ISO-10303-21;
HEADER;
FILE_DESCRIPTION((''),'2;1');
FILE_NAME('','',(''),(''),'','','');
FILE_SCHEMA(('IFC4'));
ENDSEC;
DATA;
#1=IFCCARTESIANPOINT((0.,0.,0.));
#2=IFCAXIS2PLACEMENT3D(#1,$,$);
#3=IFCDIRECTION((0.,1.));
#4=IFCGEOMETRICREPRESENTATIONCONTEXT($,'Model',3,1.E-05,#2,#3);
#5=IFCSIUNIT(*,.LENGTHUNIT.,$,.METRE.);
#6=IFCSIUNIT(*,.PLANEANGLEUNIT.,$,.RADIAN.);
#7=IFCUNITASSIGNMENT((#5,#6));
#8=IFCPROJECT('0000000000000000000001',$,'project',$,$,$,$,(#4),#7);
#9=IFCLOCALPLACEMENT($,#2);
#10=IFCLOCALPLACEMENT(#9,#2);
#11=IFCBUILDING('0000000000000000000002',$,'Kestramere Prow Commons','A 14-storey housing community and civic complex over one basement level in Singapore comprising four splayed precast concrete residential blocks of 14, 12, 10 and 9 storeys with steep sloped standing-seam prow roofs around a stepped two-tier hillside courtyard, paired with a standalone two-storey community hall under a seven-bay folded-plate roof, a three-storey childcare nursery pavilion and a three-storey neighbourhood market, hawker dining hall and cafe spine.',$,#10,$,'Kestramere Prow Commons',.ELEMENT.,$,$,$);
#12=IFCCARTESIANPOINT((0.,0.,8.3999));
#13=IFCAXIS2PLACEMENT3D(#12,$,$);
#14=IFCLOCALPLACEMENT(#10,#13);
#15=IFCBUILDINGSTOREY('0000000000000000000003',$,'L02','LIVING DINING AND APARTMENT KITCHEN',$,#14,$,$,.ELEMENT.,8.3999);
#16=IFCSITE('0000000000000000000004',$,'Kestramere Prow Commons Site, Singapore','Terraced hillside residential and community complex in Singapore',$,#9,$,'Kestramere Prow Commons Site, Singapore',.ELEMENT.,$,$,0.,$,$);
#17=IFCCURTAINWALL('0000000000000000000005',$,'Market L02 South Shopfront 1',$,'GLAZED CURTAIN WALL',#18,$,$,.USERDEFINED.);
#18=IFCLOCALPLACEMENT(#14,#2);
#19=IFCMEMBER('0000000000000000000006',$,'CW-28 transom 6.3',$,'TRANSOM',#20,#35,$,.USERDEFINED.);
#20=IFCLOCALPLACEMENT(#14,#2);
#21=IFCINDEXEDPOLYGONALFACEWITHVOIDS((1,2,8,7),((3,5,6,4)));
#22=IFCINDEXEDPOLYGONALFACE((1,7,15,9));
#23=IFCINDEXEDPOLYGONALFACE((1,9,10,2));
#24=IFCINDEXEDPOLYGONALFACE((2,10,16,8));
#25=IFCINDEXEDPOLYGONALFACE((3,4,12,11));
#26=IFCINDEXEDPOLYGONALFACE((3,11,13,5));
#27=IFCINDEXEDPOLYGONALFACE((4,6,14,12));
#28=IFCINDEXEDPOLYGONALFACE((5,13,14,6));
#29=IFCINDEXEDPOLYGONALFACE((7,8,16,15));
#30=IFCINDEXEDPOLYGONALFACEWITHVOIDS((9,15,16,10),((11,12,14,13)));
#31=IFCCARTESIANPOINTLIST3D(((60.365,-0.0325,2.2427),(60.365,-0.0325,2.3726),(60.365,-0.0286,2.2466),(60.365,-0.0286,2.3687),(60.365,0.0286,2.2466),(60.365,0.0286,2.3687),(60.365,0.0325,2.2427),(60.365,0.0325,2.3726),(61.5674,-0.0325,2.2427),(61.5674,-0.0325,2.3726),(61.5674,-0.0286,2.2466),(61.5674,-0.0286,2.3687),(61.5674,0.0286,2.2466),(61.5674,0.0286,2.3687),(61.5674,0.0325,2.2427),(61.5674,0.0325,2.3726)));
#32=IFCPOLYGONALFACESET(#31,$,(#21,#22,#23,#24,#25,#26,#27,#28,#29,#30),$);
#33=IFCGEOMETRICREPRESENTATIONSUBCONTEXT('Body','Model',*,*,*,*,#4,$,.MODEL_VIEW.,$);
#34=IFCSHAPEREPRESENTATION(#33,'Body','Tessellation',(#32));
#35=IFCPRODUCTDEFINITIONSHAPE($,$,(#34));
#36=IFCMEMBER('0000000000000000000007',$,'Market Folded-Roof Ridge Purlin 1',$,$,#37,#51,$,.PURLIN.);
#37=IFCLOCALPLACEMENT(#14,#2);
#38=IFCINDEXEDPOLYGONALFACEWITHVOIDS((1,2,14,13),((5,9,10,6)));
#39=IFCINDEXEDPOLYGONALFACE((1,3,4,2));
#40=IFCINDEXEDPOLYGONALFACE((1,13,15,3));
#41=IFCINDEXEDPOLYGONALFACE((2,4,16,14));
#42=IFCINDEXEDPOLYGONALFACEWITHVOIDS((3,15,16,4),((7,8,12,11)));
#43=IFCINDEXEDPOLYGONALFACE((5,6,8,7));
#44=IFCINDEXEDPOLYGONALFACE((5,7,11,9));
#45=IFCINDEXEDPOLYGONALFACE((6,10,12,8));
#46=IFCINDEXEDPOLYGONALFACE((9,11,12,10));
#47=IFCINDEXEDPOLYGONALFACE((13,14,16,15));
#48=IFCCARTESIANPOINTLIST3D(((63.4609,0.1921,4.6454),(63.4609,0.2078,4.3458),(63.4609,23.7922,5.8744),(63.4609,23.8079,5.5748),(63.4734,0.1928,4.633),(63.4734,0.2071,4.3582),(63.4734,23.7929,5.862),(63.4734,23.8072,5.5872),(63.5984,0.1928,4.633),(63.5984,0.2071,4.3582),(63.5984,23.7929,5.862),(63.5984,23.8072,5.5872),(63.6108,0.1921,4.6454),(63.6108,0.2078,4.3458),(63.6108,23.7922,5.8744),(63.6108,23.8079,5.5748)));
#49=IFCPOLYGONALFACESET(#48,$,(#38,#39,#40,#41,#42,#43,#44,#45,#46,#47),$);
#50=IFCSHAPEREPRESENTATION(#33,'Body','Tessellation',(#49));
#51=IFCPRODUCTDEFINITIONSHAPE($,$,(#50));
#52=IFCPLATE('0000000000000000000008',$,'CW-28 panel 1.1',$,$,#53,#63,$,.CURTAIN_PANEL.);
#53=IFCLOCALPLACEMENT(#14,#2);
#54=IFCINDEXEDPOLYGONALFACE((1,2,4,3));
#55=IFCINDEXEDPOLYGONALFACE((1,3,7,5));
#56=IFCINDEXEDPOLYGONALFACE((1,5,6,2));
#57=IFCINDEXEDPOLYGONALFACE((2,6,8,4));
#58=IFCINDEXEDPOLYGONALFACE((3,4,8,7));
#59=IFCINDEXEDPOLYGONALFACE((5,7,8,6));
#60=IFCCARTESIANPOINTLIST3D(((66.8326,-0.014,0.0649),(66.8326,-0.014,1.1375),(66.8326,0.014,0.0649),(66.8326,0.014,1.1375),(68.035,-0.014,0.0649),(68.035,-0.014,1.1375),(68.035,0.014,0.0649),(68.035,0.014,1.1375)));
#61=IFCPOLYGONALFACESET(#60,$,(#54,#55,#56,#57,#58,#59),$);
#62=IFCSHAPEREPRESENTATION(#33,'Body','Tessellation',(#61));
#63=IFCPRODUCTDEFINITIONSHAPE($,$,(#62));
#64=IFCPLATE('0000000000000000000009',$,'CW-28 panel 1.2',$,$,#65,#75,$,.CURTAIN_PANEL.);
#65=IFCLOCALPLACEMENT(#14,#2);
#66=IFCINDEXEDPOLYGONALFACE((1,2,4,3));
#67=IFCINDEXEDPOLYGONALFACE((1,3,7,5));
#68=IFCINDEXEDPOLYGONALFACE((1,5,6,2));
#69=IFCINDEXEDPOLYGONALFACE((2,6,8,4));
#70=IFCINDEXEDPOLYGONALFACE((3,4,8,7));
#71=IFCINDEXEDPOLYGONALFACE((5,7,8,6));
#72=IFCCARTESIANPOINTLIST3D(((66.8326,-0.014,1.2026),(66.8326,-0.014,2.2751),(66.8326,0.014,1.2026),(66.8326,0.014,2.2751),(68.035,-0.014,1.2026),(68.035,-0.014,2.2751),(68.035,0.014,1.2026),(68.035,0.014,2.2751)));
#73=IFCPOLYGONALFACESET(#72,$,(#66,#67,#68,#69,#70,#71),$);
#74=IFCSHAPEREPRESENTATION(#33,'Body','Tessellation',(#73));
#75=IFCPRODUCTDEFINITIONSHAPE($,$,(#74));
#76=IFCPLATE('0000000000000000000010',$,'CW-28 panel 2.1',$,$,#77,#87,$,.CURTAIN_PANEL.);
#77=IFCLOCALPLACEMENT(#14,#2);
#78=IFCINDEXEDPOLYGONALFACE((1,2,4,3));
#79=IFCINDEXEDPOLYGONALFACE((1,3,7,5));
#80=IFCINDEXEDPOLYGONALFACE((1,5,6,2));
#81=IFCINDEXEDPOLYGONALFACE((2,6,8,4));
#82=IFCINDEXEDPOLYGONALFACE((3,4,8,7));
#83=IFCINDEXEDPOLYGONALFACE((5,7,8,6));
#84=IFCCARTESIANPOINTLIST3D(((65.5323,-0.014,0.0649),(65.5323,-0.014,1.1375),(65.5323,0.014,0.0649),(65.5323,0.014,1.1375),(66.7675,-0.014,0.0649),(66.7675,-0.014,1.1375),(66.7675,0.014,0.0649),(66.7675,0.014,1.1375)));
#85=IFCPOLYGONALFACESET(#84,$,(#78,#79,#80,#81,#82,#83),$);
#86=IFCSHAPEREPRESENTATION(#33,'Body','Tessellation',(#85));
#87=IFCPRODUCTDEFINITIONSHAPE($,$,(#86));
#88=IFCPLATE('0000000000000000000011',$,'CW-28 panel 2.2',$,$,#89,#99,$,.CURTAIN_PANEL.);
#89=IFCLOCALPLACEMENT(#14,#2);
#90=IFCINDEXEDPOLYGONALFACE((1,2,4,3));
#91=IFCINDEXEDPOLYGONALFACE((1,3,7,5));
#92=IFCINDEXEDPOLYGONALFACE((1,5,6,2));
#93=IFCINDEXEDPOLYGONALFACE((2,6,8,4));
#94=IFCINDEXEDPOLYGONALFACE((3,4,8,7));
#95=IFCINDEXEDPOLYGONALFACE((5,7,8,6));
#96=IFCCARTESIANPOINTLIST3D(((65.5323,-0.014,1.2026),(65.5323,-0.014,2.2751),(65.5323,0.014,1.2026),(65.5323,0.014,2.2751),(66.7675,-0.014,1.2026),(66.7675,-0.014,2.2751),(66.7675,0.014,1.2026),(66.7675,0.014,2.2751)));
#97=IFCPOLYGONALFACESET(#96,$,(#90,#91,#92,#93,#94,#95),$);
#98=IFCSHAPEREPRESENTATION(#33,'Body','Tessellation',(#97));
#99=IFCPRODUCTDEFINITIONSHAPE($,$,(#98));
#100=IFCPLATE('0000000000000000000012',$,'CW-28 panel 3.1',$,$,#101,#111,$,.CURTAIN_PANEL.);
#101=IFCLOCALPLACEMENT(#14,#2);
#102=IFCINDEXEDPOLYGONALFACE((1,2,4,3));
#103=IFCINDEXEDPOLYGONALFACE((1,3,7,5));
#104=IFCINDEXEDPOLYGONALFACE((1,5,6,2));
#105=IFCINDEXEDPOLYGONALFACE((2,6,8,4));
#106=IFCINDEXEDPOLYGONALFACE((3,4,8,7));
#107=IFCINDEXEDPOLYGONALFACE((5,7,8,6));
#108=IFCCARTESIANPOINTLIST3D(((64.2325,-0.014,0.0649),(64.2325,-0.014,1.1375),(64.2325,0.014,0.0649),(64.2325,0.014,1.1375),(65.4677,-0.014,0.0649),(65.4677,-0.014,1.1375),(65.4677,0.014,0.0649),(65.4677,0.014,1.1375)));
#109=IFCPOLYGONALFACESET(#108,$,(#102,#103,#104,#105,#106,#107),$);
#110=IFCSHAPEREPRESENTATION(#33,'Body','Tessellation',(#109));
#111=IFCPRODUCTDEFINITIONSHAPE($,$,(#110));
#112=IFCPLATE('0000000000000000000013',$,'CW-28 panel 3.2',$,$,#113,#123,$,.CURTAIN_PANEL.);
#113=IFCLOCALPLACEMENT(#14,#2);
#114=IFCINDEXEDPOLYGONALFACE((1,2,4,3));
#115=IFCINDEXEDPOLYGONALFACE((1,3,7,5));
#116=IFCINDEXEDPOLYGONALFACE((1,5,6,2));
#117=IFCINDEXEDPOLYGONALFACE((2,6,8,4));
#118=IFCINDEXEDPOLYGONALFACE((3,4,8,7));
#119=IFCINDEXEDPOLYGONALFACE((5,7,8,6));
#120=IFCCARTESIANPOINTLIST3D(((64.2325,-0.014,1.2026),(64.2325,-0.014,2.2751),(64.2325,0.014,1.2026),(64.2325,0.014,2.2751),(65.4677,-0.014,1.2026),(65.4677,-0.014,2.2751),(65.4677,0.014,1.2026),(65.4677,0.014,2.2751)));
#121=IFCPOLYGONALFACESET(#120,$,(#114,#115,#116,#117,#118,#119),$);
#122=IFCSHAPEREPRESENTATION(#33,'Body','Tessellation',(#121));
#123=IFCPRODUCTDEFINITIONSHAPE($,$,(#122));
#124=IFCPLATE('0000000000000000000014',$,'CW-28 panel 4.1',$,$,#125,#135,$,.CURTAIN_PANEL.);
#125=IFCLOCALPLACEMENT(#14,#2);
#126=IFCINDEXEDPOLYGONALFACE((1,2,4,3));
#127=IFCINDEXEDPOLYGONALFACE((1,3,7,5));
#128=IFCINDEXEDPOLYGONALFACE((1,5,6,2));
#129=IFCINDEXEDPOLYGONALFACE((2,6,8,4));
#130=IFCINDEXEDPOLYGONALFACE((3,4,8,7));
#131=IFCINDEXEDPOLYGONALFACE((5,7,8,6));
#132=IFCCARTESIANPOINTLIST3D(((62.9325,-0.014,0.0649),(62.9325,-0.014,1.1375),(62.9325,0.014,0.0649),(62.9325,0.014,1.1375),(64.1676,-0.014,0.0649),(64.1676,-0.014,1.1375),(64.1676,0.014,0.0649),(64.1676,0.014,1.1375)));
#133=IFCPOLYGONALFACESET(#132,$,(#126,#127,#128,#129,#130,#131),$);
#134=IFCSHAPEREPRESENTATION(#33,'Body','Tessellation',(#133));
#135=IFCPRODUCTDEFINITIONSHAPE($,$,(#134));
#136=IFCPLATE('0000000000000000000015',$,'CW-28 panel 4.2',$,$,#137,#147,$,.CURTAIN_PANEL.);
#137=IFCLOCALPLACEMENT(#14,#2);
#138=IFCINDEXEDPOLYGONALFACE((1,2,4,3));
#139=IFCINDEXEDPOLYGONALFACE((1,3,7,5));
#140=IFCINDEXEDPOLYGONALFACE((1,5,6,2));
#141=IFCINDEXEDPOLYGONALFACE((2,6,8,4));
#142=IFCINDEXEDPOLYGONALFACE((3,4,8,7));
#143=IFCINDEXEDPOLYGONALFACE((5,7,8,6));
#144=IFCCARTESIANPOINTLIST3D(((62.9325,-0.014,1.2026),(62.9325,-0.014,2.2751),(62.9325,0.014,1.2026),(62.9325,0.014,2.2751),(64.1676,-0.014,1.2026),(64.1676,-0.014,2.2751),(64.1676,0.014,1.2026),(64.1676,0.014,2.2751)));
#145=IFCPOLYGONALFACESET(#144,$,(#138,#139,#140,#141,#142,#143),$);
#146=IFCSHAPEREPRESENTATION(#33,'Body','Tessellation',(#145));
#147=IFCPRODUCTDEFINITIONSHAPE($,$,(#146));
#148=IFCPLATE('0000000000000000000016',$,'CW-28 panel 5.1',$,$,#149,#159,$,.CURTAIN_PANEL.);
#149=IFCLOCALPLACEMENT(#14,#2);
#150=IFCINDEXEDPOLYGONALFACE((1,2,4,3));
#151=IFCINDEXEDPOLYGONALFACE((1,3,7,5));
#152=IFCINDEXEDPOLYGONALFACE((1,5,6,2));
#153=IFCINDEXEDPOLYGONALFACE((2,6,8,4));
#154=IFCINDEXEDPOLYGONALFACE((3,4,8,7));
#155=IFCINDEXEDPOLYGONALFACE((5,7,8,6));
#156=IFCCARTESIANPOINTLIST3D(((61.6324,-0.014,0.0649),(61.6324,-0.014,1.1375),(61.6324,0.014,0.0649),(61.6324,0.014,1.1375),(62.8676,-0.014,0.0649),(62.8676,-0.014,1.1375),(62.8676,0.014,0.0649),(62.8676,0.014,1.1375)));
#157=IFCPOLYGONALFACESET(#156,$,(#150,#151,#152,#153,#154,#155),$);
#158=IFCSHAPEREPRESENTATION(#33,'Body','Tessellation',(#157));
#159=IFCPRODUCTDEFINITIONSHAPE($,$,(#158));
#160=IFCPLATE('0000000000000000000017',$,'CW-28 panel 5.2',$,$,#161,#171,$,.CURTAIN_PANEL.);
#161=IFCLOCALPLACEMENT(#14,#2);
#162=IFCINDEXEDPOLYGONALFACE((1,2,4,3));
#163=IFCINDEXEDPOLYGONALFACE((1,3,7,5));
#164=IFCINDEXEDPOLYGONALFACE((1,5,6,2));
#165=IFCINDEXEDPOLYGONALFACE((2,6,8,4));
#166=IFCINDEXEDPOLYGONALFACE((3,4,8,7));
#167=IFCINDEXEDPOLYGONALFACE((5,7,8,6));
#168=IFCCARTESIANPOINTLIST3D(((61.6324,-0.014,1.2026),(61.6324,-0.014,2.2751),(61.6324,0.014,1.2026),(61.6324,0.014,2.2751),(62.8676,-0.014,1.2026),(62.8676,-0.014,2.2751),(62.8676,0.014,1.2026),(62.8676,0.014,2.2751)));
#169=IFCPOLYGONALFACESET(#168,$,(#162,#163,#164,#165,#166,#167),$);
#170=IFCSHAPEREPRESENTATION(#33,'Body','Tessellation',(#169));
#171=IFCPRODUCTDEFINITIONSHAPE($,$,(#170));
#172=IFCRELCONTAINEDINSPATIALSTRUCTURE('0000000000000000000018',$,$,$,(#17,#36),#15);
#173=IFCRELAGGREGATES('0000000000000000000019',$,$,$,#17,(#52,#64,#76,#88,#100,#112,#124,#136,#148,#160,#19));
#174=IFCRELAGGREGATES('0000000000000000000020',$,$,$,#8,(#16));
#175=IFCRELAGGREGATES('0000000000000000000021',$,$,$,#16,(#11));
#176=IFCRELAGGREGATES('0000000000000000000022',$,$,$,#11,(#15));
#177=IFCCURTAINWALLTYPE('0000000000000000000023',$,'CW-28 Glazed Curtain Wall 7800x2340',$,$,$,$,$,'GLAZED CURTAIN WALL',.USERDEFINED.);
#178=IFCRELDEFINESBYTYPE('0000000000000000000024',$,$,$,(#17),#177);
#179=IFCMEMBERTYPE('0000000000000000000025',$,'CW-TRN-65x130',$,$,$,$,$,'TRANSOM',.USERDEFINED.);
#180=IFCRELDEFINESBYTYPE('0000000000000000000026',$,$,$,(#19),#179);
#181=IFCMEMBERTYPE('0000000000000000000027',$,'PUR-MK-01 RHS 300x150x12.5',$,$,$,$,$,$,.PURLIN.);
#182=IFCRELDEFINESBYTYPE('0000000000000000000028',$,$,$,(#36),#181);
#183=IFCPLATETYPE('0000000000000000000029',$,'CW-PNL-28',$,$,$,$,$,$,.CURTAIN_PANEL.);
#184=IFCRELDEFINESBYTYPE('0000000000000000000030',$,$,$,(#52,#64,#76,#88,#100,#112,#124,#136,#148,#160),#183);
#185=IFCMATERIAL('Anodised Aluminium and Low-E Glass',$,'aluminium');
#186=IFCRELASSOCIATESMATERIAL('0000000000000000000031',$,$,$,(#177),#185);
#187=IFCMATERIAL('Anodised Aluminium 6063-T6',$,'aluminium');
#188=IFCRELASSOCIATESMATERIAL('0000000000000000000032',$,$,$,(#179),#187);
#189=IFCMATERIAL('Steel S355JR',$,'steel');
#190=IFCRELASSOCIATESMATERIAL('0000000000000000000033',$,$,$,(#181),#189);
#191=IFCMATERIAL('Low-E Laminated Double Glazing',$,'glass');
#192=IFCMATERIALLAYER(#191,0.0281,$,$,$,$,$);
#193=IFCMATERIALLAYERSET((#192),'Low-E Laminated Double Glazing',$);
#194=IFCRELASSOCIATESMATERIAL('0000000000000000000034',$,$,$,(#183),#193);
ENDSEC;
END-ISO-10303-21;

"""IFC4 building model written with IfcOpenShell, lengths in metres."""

from ifc_helpers import new_model, si_unit, direction, frame, origin, origin_2d, place, context, subcontext, project, spatial, rectangle, hollow_rectangle, extrude, material, layer, layer_set, material_profile, profile_set, type_object, element, aggregate, save


model = new_model("IFC4")

# Units and contexts
model_context = context("Model", 3, precision=1e-05, world=origin(), true_north=direction((0.0, 1.0)))
body_context = subcontext(model_context, "Body", "Model", "MODEL_VIEW")
ifc_project = project(units=[si_unit("LENGTHUNIT", "METRE"), si_unit("PLANEANGLEUNIT", "RADIAN")], contexts=[model_context])

# Site, building, storey
site_placement = place(None, origin())
site = spatial("IfcSite", under=ifc_project, at=site_placement, Name="Kestramere Prow Commons Site, Singapore", Description="Terraced hillside residential and community complex in Singapore", LongName="Kestramere Prow Commons Site, Singapore", CompositionType="ELEMENT", RefElevation=0.0)
building_placement = place(site_placement, origin())
building = spatial("IfcBuilding", under=site, at=building_placement, Name="Kestramere Prow Commons", Description="A 14-storey housing community and civic complex over one basement level in Singapore comprising four splayed precast concrete residential blocks of 14, 12, 10 and 9 storeys with steep sloped standing-seam prow roofs around a stepped two-tier hillside courtyard, paired with a standalone two-storey community hall under a seven-bay folded-plate roof, a three-storey childcare nursery pavilion and a three-storey neighbourhood market, hawker dining hall and cafe spine.", LongName="Kestramere Prow Commons", CompositionType="ELEMENT")
storey_placement = place(building_placement, frame((0.0, 0.0, 8.3999)))
storey = spatial("IfcBuildingStorey", under=building, at=storey_placement, Name="L02", Description="LIVING DINING AND APARTMENT KITCHEN", CompositionType="ELEMENT", Elevation=8.3999)

# Shared definitions
ifc_material_1 = material(Name="Steel S355JR", Category="steel")

# Curtain wall, member
ifc_material_2 = material(Name="Anodised Aluminium and Low-E Glass", Category="aluminium")
curtain_wall_type = type_object("IfcCurtainWallType", Name="CW-28 Glazed Curtain Wall 7800x2340", ElementType="GLAZED CURTAIN WALL", PredefinedType="USERDEFINED", material=ifc_material_2)
curtain_wall_placement = place(storey_placement, origin())
curtain_wall = element("IfcCurtainWall", 1, at=curtain_wall_placement, inside=storey, type_object=curtain_wall_type, Name="Market L02 South Shopfront 1", ObjectType="GLAZED CURTAIN WALL", PredefinedType="USERDEFINED")
ifc_material_3 = material(Name="Anodised Aluminium 6063-T6", Category="aluminium")
ifc_material_profile_1 = material_profile(ifc_material_3, hollow_rectangle(XDim=0.0649, YDim=0.1299, WallThickness=0.0039, at=origin_2d()), Name="ALU-TRN 65x130")
ifc_profile_set_1 = profile_set([ifc_material_profile_1], Name="Anodised Aluminium 6063-T6")
member_type_1 = type_object("IfcMemberType", Name="CW-TRN-65x130", ElementType="TRANSOM", PredefinedType="USERDEFINED", material=ifc_profile_set_1)
member_1_placement = place(storey_placement, frame((61.5674, 0.0, 2.3076), z_axis=(-1.0, 0.0, 0.0), x_axis=(0.0, -1.0, 0.0)))
member_1 = element("IfcMember", 2, at=member_1_placement, type_object=member_type_1, Name="CW-28 transom 6.3", ObjectType="TRANSOM", PredefinedType="USERDEFINED", context=body_context, shape_type="SweptSolid", body=[
    extrude(hollow_rectangle(XDim=0.0649, YDim=0.1299, WallThickness=0.0039, at=origin_2d()), origin(), (0.0, 0.0, 1.0), 1.2024),
])

# Member
ifc_material_profile_2 = material_profile(ifc_material_1, hollow_rectangle(XDim=0.1499, YDim=0.3, WallThickness=0.0125, at=origin_2d()), Name="RHS 300x150x12.5")
ifc_profile_set_2 = profile_set([ifc_material_profile_2], Name="Steel S355JR")
member_type_2 = type_object("IfcMemberType", Name="PUR-MK-01 RHS 300x150x12.5", PredefinedType="PURLIN", material=ifc_profile_set_2)
member_2_placement = place(storey_placement, frame((63.5359, 0.2, 4.4956), z_axis=(0.0, 0.998647, 0.052006), x_axis=(-1.0, 0.0, 0.0)))
element("IfcMember", 3, at=member_2_placement, inside=storey, type_object=member_type_2, Name="Market Folded-Roof Ridge Purlin 1", PredefinedType="PURLIN", context=body_context, shape_type="SweptSolid", body=[
    extrude(hollow_rectangle(XDim=0.1499, YDim=0.3, WallThickness=0.0125, at=origin_2d()), origin(), (0.0, 0.0, 1.0), 23.6321),
])

# Plates
ifc_material_4 = material(Name="Low-E Laminated Double Glazing", Category="glass")
ifc_layer = layer(ifc_material_4, 0.0281)
ifc_layer_set = layer_set([ifc_layer], Name="Low-E Laminated Double Glazing")
plate_type = type_object("IfcPlateType", Name="CW-PNL-28", PredefinedType="CURTAIN_PANEL", material=ifc_layer_set)
plate_1_placement = place(storey_placement, frame((67.4338, 0.0, 0.0649), z_axis=(0.0, 0.0, 1.0), x_axis=(-1.0, 0.0, 0.0)))
plate_1 = element("IfcPlate", 4, at=plate_1_placement, type_object=plate_type, Name="CW-28 panel 1.1", PredefinedType="CURTAIN_PANEL", context=body_context, shape_type="SweptSolid", body=[
    extrude(rectangle(XDim=1.2024, YDim=0.0281, at=origin_2d()), origin(), (0.0, 0.0, 1.0), 1.0725),
])
plate_2_placement = place(storey_placement, frame((67.4338, 0.0, 1.2026), z_axis=(0.0, 0.0, 1.0), x_axis=(-1.0, 0.0, 0.0)))
plate_2 = element("IfcPlate", 5, at=plate_2_placement, type_object=plate_type, Name="CW-28 panel 1.2", PredefinedType="CURTAIN_PANEL", context=body_context, shape_type="SweptSolid", body=[
    extrude(rectangle(XDim=1.2024, YDim=0.0281, at=origin_2d()), origin(), (0.0, 0.0, 1.0), 1.0725),
])
plate_3_placement = place(storey_placement, frame((66.1499, 0.0, 0.0649), z_axis=(0.0, 0.0, 1.0), x_axis=(-1.0, 0.0, 0.0)))
plate_3 = element("IfcPlate", 6, at=plate_3_placement, type_object=plate_type, Name="CW-28 panel 2.1", PredefinedType="CURTAIN_PANEL", context=body_context, shape_type="SweptSolid", body=[
    extrude(rectangle(XDim=1.2351, YDim=0.0281, at=origin_2d()), origin(), (0.0, 0.0, 1.0), 1.0725),
])
plate_4_placement = place(storey_placement, frame((66.1499, 0.0, 1.2026), z_axis=(0.0, 0.0, 1.0), x_axis=(-1.0, 0.0, 0.0)))
plate_4 = element("IfcPlate", 7, at=plate_4_placement, type_object=plate_type, Name="CW-28 panel 2.2", PredefinedType="CURTAIN_PANEL", context=body_context, shape_type="SweptSolid", body=[
    extrude(rectangle(XDim=1.2351, YDim=0.0281, at=origin_2d()), origin(), (0.0, 0.0, 1.0), 1.0725),
])
plate_5_placement = place(storey_placement, frame((64.8501, 0.0, 0.0649), z_axis=(0.0, 0.0, 1.0), x_axis=(-1.0, 0.0, 0.0)))
plate_5 = element("IfcPlate", 8, at=plate_5_placement, type_object=plate_type, Name="CW-28 panel 3.1", PredefinedType="CURTAIN_PANEL", context=body_context, shape_type="SweptSolid", body=[
    extrude(rectangle(XDim=1.2351, YDim=0.0281, at=origin_2d()), origin(), (0.0, 0.0, 1.0), 1.0725),
])
plate_6_placement = place(storey_placement, frame((64.8501, 0.0, 1.2026), z_axis=(0.0, 0.0, 1.0), x_axis=(-1.0, 0.0, 0.0)))
plate_6 = element("IfcPlate", 9, at=plate_6_placement, type_object=plate_type, Name="CW-28 panel 3.2", PredefinedType="CURTAIN_PANEL", context=body_context, shape_type="SweptSolid", body=[
    extrude(rectangle(XDim=1.2351, YDim=0.0281, at=origin_2d()), origin(), (0.0, 0.0, 1.0), 1.0725),
])
plate_7_placement = place(storey_placement, frame((63.55, 0.0, 0.0649), z_axis=(0.0, 0.0, 1.0), x_axis=(-1.0, 0.0, 0.0)))
plate_7 = element("IfcPlate", 10, at=plate_7_placement, type_object=plate_type, Name="CW-28 panel 4.1", PredefinedType="CURTAIN_PANEL", context=body_context, shape_type="SweptSolid", body=[
    extrude(rectangle(XDim=1.2351, YDim=0.0281, at=origin_2d()), origin(), (0.0, 0.0, 1.0), 1.0725),
])
plate_8_placement = place(storey_placement, frame((63.55, 0.0, 1.2026), z_axis=(0.0, 0.0, 1.0), x_axis=(-1.0, 0.0, 0.0)))
plate_8 = element("IfcPlate", 11, at=plate_8_placement, type_object=plate_type, Name="CW-28 panel 4.2", PredefinedType="CURTAIN_PANEL", context=body_context, shape_type="SweptSolid", body=[
    extrude(rectangle(XDim=1.2351, YDim=0.0281, at=origin_2d()), origin(), (0.0, 0.0, 1.0), 1.0725),
])
plate_9_placement = place(storey_placement, frame((62.25, 0.0, 0.0649), z_axis=(0.0, 0.0, 1.0), x_axis=(-1.0, 0.0, 0.0)))
plate_9 = element("IfcPlate", 12, at=plate_9_placement, type_object=plate_type, Name="CW-28 panel 5.1", PredefinedType="CURTAIN_PANEL", context=body_context, shape_type="SweptSolid", body=[
    extrude(rectangle(XDim=1.2351, YDim=0.0281, at=origin_2d()), origin(), (0.0, 0.0, 1.0), 1.0725),
])
plate_10_placement = place(storey_placement, frame((62.25, 0.0, 1.2026), z_axis=(0.0, 0.0, 1.0), x_axis=(-1.0, 0.0, 0.0)))
plate_10 = element("IfcPlate", 13, at=plate_10_placement, type_object=plate_type, Name="CW-28 panel 5.2", PredefinedType="CURTAIN_PANEL", context=body_context, shape_type="SweptSolid", body=[
    extrude(rectangle(XDim=1.2351, YDim=0.0281, at=origin_2d()), origin(), (0.0, 0.0, 1.0), 1.0725),
])
aggregate(curtain_wall, [plate_1, plate_2, plate_3, plate_4, plate_5, plate_6, plate_7, plate_8, plate_9, plate_10, member_1])

save(model, "model.ifc")
